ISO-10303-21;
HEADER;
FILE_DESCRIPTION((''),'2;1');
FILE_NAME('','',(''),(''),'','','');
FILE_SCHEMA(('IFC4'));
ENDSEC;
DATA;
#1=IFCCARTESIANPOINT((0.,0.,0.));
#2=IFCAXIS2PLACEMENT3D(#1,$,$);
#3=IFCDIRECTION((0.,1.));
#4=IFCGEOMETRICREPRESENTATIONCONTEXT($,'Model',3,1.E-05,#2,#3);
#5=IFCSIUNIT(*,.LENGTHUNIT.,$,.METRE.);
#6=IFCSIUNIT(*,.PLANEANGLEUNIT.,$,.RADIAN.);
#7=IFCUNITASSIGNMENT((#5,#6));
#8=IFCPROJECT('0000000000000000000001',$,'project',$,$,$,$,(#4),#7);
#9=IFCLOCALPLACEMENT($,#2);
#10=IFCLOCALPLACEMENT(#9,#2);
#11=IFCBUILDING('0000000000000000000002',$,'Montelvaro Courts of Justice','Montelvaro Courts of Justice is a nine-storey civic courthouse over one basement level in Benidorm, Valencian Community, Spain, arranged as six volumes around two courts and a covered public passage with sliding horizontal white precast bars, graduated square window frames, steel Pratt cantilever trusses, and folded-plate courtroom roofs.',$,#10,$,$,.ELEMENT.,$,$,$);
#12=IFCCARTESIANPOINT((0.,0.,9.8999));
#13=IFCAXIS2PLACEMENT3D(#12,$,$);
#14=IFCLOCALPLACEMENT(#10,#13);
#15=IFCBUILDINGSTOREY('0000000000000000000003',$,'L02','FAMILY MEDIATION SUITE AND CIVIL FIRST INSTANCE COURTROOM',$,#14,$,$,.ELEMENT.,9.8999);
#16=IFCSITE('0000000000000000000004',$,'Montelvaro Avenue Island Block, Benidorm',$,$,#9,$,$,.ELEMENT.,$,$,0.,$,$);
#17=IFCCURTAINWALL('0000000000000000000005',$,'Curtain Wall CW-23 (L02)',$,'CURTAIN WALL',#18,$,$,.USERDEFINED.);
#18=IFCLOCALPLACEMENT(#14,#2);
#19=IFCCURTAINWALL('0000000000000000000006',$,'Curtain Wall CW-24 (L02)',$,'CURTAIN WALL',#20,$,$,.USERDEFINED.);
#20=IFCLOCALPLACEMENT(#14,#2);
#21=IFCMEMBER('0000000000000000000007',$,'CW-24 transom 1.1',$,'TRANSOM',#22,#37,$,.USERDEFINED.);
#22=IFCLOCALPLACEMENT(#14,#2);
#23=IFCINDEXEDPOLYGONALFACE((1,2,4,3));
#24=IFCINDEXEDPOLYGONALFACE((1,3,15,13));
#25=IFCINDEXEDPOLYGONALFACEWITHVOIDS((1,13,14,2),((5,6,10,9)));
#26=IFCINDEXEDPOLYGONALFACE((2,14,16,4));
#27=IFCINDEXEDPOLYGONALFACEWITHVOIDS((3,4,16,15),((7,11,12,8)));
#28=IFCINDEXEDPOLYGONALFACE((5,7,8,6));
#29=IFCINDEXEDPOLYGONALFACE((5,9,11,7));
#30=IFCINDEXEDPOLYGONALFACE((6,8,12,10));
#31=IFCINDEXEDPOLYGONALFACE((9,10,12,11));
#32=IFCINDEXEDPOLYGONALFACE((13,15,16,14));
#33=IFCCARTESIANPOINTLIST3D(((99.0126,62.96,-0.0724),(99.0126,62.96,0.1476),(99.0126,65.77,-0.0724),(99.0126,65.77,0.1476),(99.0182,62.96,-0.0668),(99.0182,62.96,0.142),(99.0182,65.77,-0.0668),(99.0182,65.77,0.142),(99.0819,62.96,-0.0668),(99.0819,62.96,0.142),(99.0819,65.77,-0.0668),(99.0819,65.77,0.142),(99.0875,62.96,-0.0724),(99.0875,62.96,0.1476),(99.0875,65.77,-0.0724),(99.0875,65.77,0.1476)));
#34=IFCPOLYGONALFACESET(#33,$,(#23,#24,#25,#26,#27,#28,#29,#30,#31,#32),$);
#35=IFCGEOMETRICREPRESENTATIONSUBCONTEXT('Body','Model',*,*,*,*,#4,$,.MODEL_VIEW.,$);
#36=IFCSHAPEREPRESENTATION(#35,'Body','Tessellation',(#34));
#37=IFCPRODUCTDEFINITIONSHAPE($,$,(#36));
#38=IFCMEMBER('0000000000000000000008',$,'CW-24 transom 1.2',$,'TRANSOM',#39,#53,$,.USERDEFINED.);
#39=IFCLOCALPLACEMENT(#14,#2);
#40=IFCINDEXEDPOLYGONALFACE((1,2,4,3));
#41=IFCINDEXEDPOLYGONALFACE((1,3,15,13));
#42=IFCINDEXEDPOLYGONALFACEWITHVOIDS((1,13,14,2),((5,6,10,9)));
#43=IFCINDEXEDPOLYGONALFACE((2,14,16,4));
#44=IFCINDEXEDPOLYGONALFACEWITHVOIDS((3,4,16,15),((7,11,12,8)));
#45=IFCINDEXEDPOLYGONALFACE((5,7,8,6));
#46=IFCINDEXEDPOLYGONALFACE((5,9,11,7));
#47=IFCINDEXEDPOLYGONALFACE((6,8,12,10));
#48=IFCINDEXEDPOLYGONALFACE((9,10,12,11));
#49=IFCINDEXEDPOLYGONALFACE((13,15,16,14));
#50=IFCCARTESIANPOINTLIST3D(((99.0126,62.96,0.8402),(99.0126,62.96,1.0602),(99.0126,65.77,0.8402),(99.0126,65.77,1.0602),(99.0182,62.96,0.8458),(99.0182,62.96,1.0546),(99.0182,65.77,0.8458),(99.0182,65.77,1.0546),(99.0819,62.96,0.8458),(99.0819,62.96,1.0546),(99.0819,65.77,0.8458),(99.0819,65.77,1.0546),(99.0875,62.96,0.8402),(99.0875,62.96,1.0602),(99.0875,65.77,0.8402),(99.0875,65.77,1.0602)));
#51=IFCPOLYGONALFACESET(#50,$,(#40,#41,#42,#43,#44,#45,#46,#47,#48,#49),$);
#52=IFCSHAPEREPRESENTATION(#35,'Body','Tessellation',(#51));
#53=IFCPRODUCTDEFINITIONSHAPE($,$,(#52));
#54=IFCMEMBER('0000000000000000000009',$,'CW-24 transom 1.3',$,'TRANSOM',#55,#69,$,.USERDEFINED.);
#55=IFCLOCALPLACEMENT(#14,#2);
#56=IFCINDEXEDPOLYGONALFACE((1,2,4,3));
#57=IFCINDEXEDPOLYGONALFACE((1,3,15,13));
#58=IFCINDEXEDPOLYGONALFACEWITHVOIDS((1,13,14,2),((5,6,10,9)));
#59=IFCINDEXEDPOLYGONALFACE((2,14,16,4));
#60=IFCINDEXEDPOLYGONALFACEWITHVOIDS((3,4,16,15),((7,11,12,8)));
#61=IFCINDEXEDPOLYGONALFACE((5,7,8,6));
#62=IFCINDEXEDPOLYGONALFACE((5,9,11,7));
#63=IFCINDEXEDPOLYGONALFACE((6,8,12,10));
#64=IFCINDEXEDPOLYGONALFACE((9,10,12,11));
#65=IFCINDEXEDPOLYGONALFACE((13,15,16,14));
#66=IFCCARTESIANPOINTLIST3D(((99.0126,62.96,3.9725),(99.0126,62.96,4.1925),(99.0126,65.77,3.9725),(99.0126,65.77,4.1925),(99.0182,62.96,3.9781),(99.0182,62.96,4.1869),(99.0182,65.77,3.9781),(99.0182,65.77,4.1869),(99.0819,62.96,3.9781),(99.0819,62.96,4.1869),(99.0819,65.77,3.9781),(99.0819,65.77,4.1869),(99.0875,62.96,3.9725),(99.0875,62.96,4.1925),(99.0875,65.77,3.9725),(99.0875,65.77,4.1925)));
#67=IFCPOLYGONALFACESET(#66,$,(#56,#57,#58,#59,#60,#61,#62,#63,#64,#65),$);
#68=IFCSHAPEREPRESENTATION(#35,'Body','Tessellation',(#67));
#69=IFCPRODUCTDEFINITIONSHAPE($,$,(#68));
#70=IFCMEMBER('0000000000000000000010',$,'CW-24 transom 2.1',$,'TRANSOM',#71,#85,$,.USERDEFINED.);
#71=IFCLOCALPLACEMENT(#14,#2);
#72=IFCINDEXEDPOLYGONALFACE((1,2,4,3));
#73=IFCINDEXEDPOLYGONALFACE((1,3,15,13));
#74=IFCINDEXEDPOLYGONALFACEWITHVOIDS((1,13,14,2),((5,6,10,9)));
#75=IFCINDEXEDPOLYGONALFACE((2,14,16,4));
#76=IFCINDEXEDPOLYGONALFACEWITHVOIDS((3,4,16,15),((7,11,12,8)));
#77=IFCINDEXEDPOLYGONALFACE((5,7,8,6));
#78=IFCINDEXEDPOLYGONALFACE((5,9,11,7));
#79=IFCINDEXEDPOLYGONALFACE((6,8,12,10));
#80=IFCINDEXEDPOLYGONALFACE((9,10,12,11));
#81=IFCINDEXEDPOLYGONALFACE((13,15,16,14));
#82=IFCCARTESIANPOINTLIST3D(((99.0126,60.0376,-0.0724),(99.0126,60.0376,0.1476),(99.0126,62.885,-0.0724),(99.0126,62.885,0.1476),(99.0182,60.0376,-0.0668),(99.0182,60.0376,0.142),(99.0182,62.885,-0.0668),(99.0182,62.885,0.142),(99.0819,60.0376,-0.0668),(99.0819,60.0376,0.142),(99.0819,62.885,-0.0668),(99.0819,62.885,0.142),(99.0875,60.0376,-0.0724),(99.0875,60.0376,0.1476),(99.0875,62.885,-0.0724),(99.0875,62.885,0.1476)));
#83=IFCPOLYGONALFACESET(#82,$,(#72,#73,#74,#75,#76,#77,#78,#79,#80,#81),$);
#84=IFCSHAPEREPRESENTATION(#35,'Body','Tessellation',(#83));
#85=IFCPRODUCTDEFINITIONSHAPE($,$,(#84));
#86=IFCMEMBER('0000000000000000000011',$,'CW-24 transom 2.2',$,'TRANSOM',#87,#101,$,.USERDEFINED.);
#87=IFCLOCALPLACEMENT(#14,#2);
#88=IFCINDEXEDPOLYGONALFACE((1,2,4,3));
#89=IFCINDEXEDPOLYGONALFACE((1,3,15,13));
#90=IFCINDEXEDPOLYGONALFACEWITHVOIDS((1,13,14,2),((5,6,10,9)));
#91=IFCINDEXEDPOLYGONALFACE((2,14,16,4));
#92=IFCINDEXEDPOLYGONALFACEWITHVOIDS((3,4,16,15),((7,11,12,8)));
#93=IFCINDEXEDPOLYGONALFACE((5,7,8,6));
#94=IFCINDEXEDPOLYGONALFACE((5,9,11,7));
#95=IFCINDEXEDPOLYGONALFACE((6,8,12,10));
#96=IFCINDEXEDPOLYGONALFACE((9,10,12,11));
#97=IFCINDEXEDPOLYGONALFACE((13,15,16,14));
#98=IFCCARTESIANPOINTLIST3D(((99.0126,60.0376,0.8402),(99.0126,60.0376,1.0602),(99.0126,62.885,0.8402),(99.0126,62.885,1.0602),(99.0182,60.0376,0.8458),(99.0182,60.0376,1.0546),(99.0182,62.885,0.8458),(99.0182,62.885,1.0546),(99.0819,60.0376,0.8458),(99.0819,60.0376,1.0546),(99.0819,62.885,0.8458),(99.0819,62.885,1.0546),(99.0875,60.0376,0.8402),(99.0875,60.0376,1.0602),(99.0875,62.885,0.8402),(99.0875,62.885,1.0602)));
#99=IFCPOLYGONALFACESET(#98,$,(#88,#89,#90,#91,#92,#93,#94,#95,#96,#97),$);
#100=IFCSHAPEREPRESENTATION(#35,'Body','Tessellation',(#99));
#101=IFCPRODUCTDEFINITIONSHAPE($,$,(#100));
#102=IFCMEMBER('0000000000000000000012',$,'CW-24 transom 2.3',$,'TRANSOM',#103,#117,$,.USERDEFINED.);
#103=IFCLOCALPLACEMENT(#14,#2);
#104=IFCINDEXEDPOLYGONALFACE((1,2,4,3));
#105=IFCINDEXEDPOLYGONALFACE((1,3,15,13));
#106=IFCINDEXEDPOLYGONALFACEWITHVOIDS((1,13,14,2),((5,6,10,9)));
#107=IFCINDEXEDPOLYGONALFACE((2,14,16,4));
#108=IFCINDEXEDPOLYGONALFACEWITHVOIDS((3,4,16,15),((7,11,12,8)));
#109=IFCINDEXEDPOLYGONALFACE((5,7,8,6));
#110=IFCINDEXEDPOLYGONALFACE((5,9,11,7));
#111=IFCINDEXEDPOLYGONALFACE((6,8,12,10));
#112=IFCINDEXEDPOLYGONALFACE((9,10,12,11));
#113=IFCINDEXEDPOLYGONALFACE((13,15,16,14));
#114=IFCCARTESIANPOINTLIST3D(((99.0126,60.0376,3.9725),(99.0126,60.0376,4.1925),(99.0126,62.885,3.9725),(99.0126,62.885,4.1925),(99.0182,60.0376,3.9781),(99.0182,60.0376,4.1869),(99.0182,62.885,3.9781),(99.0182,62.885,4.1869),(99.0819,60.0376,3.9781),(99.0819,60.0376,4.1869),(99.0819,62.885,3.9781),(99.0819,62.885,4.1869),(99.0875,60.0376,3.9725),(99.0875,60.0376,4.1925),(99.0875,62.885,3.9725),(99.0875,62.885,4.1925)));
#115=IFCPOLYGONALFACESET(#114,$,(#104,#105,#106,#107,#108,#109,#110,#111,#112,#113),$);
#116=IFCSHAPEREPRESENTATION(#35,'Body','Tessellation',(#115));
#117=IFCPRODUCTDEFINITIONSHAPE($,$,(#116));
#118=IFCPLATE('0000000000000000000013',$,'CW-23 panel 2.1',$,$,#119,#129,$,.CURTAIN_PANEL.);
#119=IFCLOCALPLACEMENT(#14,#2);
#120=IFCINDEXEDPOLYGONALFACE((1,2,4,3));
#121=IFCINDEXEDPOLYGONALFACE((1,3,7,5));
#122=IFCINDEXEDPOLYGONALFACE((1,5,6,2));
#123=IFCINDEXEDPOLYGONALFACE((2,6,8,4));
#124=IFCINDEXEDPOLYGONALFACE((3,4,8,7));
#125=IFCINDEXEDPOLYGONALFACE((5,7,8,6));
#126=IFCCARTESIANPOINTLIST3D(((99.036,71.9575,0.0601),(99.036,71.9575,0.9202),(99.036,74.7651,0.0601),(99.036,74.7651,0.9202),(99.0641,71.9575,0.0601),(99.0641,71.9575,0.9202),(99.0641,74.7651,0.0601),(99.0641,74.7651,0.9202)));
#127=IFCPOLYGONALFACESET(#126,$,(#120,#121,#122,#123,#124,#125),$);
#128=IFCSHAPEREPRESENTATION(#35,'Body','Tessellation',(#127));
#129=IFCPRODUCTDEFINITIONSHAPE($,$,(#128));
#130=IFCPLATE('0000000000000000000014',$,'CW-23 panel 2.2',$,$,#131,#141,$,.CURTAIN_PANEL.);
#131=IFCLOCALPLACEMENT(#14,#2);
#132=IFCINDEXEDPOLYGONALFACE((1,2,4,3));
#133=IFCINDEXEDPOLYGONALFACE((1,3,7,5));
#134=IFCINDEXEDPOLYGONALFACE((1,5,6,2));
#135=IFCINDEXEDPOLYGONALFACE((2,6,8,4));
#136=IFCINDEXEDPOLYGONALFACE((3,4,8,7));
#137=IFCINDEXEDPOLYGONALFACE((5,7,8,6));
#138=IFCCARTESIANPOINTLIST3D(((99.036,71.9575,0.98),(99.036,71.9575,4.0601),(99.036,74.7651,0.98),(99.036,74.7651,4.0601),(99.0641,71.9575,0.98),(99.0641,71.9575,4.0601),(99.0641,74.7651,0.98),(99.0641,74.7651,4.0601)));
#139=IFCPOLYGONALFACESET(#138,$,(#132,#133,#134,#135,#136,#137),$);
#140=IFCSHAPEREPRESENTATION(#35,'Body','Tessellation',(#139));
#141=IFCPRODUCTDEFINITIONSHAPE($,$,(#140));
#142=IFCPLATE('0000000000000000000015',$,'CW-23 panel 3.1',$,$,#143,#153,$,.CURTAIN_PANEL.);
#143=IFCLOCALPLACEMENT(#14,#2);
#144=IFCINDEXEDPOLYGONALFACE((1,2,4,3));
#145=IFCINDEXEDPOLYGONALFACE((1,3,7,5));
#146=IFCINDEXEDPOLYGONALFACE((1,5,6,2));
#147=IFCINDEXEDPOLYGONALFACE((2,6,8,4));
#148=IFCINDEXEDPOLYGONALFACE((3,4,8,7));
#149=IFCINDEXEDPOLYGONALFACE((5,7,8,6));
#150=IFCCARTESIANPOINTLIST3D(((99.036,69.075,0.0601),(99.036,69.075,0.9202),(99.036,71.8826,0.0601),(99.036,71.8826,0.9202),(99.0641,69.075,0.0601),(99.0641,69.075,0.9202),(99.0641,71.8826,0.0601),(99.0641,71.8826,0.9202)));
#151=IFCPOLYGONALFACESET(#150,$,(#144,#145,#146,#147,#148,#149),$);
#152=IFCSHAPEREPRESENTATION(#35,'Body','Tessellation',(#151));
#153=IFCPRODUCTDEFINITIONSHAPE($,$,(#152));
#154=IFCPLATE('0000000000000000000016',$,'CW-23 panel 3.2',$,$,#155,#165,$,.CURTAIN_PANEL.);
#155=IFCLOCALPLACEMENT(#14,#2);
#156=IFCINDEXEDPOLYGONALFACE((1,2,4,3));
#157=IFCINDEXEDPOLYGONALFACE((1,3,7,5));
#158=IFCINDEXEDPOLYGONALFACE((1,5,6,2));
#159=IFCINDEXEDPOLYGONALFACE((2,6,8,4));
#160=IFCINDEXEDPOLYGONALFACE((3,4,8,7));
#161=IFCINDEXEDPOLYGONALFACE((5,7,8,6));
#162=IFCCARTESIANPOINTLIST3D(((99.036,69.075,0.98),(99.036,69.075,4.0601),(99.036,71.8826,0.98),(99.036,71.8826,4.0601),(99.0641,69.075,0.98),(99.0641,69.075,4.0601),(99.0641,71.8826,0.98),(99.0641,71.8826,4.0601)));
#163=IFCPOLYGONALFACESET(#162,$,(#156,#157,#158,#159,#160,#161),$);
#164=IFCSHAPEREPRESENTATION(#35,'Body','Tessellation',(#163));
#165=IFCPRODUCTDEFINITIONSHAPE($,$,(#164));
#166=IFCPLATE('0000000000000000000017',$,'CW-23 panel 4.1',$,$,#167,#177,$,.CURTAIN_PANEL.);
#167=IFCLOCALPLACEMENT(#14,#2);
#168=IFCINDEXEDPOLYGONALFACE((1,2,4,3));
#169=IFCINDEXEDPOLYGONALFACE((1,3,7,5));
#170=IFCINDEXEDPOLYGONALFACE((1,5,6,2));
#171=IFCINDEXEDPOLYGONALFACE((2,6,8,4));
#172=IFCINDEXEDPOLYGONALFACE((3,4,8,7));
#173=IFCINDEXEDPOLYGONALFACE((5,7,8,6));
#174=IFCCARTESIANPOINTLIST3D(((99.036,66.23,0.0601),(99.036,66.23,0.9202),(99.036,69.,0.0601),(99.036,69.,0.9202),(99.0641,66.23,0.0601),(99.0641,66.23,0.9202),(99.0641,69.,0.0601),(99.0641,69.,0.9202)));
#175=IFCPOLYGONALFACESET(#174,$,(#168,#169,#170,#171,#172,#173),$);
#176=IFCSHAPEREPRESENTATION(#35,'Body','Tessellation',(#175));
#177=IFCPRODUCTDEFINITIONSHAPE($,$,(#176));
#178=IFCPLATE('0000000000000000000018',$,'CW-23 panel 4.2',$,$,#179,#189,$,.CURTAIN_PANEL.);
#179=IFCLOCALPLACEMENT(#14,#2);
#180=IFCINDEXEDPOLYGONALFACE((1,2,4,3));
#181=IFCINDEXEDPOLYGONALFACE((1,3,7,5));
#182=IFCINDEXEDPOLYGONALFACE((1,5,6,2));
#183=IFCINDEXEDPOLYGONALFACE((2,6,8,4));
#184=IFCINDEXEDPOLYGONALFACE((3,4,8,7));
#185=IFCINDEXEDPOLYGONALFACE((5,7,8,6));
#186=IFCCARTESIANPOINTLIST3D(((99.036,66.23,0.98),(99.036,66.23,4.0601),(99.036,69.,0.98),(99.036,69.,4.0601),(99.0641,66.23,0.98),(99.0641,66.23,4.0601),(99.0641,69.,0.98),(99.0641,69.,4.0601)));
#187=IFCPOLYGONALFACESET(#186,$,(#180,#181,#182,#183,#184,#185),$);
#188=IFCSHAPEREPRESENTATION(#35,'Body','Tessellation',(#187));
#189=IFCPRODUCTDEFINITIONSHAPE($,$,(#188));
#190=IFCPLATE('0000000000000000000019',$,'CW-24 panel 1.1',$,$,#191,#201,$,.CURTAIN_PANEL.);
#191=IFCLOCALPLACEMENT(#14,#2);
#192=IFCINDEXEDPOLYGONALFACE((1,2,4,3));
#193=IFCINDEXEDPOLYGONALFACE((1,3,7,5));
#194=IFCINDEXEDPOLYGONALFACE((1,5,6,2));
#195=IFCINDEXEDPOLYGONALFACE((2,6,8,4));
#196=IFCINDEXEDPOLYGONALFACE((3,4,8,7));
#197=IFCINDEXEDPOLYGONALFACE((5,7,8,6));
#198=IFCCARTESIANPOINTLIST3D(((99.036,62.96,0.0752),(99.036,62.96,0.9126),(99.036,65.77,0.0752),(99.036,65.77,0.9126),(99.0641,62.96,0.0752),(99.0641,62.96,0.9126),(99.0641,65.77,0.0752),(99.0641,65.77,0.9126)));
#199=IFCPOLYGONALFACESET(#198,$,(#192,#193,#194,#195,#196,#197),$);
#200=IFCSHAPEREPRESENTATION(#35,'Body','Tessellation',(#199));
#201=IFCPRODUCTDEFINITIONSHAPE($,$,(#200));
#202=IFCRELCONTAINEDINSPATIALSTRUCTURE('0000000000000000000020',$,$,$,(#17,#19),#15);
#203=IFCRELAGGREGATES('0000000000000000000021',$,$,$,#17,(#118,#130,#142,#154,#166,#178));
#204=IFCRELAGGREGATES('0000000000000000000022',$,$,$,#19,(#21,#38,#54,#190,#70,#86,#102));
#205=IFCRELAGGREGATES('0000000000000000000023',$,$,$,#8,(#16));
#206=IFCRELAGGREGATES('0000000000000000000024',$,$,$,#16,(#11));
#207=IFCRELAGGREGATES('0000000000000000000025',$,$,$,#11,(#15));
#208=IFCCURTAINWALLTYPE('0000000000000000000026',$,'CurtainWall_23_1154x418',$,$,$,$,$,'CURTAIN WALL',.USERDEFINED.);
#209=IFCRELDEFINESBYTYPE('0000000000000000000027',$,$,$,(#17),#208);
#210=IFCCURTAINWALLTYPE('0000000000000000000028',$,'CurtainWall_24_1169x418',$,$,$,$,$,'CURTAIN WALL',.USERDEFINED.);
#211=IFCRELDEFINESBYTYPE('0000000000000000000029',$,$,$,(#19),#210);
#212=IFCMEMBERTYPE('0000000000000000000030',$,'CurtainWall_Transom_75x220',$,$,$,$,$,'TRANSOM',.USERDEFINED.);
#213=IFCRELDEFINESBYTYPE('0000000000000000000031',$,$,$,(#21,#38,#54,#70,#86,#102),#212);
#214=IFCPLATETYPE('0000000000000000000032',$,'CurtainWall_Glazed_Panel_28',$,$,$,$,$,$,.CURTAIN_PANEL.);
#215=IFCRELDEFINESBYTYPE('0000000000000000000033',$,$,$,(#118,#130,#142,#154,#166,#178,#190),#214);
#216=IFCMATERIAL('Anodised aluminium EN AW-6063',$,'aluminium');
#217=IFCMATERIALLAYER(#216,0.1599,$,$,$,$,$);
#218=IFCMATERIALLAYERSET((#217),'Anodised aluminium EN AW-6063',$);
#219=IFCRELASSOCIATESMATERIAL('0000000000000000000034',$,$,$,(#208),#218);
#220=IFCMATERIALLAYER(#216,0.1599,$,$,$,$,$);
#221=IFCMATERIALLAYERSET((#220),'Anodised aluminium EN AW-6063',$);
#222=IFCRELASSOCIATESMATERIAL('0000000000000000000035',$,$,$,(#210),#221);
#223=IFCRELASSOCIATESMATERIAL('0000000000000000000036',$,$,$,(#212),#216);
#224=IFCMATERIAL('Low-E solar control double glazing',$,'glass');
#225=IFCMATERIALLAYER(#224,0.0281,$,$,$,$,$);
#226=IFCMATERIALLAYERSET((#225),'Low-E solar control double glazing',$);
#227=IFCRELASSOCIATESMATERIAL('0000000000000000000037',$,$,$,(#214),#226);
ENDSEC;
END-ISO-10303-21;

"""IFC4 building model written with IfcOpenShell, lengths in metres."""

from ifc_helpers import new_model, si_unit, direction, frame, origin, origin_2d, place, context, subcontext, project, spatial, rectangle, hollow_rectangle, extrude, material, layer, layer_set, material_profile, profile_set, type_object, element, aggregate, save


model = new_model("IFC4")

# Units and contexts
model_context = context("Model", 3, precision=1e-05, world=origin(), true_north=direction((0.0, 1.0)))
body_context = subcontext(model_context, "Body", "Model", "MODEL_VIEW")
ifc_project = project(units=[si_unit("LENGTHUNIT", "METRE"), si_unit("PLANEANGLEUNIT", "RADIAN")], contexts=[model_context])

# Site, building, storey
site_placement = place(None, origin())
site = spatial("IfcSite", under=ifc_project, at=site_placement, Name="Montelvaro Avenue Island Block, Benidorm", CompositionType="ELEMENT", RefElevation=0.0)
building_placement = place(site_placement, origin())
building = spatial("IfcBuilding", under=site, at=building_placement, Name="Montelvaro Courts of Justice", Description="Montelvaro Courts of Justice is a nine-storey civic courthouse over one basement level in Benidorm, Valencian Community, Spain, arranged as six volumes around two courts and a covered public passage with sliding horizontal white precast bars, graduated square window frames, steel Pratt cantilever trusses, and folded-plate courtroom roofs.", CompositionType="ELEMENT")
storey_placement = place(building_placement, frame((0.0, 0.0, 9.8999)))
storey = spatial("IfcBuildingStorey", under=building, at=storey_placement, Name="L02", Description="FAMILY MEDIATION SUITE AND CIVIL FIRST INSTANCE COURTROOM", CompositionType="ELEMENT", Elevation=9.8999)

# Curtain walls
ifc_material_1 = material(Name="Anodised aluminium EN AW-6063", Category="aluminium")
ifc_layer_1 = layer(ifc_material_1, 0.1599)
ifc_layer_set_1 = layer_set([ifc_layer_1], Name="Anodised aluminium EN AW-6063")
curtain_wall_type_1 = type_object("IfcCurtainWallType", Name="CurtainWall_23_1154x418", ElementType="CURTAIN WALL", PredefinedType="USERDEFINED", material=ifc_layer_set_1)
curtain_wall_1_placement = place(storey_placement, origin())
curtain_wall_1 = element("IfcCurtainWall", 1, at=curtain_wall_1_placement, inside=storey, type_object=curtain_wall_type_1, Name="Curtain Wall CW-23 (L02)", ObjectType="CURTAIN WALL", PredefinedType="USERDEFINED")
ifc_layer_2 = layer(ifc_material_1, 0.1599)
ifc_layer_set_2 = layer_set([ifc_layer_2], Name="Anodised aluminium EN AW-6063")
curtain_wall_type_2 = type_object("IfcCurtainWallType", Name="CurtainWall_24_1169x418", ElementType="CURTAIN WALL", PredefinedType="USERDEFINED", material=ifc_layer_set_2)
curtain_wall_2_placement = place(storey_placement, origin())
curtain_wall_2 = element("IfcCurtainWall", 2, at=curtain_wall_2_placement, inside=storey, type_object=curtain_wall_type_2, Name="Curtain Wall CW-24 (L02)", ObjectType="CURTAIN WALL", PredefinedType="USERDEFINED")

# Members
ifc_material_profile_1 = material_profile(ifc_material_1, hollow_rectangle(XDim=0.075, YDim=0.22, WallThickness=0.0056, at=origin_2d()), Name="ALU-T 75x220")
ifc_profile_set_1 = profile_set([ifc_material_profile_1], Name="Anodised aluminium EN AW-6063")
member_type_1 = type_object("IfcMemberType", Name="CurtainWall_Transom_75x220", ElementType="TRANSOM", PredefinedType="USERDEFINED", material=ifc_profile_set_1)
member_1_placement = place(storey_placement, frame((99.05, 65.77, 0.0376), z_axis=(0.0, -1.0, 0.0), x_axis=(1.0, 0.0, 0.0)))
member_1 = element("IfcMember", 3, at=member_1_placement, type_object=member_type_1, Name="CW-24 transom 1.1", ObjectType="TRANSOM", PredefinedType="USERDEFINED", context=body_context, shape_type="SweptSolid", body=[
    extrude(hollow_rectangle(XDim=0.075, YDim=0.22, WallThickness=0.0056, at=origin_2d()), origin(), (0.0, 0.0, 1.0), 2.8101),
])
member_2_placement = place(storey_placement, frame((99.05, 65.77, 0.9502), z_axis=(0.0, -1.0, 0.0), x_axis=(1.0, 0.0, 0.0)))
member_2 = element("IfcMember", 4, at=member_2_placement, type_object=member_type_1, Name="CW-24 transom 1.2", ObjectType="TRANSOM", PredefinedType="USERDEFINED", context=body_context, shape_type="SweptSolid", body=[
    extrude(hollow_rectangle(XDim=0.075, YDim=0.22, WallThickness=0.0056, at=origin_2d()), origin(), (0.0, 0.0, 1.0), 2.8101),
])
member_3_placement = place(storey_placement, frame((99.05, 65.77, 4.0825), z_axis=(0.0, -1.0, 0.0), x_axis=(1.0, 0.0, 0.0)))
member_3 = element("IfcMember", 5, at=member_3_placement, type_object=member_type_1, Name="CW-24 transom 1.3", ObjectType="TRANSOM", PredefinedType="USERDEFINED", context=body_context, shape_type="SweptSolid", body=[
    extrude(hollow_rectangle(XDim=0.075, YDim=0.22, WallThickness=0.0056, at=origin_2d()), origin(), (0.0, 0.0, 1.0), 2.8101),
])
member_4_placement = place(storey_placement, frame((99.05, 62.885, 0.0376), z_axis=(0.0, -1.0, 0.0), x_axis=(1.0, 0.0, 0.0)))
member_4 = element("IfcMember", 6, at=member_4_placement, type_object=member_type_1, Name="CW-24 transom 2.1", ObjectType="TRANSOM", PredefinedType="USERDEFINED", context=body_context, shape_type="SweptSolid", body=[
    extrude(hollow_rectangle(XDim=0.075, YDim=0.22, WallThickness=0.0056, at=origin_2d()), origin(), (0.0, 0.0, 1.0), 2.8474),
])
member_5_placement = place(storey_placement, frame((99.05, 62.885, 0.9502), z_axis=(0.0, -1.0, 0.0), x_axis=(1.0, 0.0, 0.0)))
member_5 = element("IfcMember", 7, at=member_5_placement, type_object=member_type_1, Name="CW-24 transom 2.2", ObjectType="TRANSOM", PredefinedType="USERDEFINED", context=body_context, shape_type="SweptSolid", body=[
    extrude(hollow_rectangle(XDim=0.075, YDim=0.22, WallThickness=0.0056, at=origin_2d()), origin(), (0.0, 0.0, 1.0), 2.8474),
])
member_6_placement = place(storey_placement, frame((99.05, 62.885, 4.0825), z_axis=(0.0, -1.0, 0.0), x_axis=(1.0, 0.0, 0.0)))
member_6 = element("IfcMember", 8, at=member_6_placement, type_object=member_type_1, Name="CW-24 transom 2.3", ObjectType="TRANSOM", PredefinedType="USERDEFINED", context=body_context, shape_type="SweptSolid", body=[
    extrude(hollow_rectangle(XDim=0.075, YDim=0.22, WallThickness=0.0056, at=origin_2d()), origin(), (0.0, 0.0, 1.0), 2.8474),
])

# Plates
ifc_material_2 = material(Name="Low-E solar control double glazing", Category="glass")
ifc_layer_3 = layer(ifc_material_2, 0.0281)
ifc_layer_set_3 = layer_set([ifc_layer_3], Name="Low-E solar control double glazing")
plate_type = type_object("IfcPlateType", Name="CurtainWall_Glazed_Panel_28", PredefinedType="CURTAIN_PANEL", material=ifc_layer_set_3)
plate_1_placement = place(storey_placement, frame((99.05, 73.3613, 0.0601), z_axis=(0.0, 0.0, 1.0), x_axis=(0.0, -1.0, 0.0)))
plate_1 = element("IfcPlate", 9, at=plate_1_placement, type_object=plate_type, Name="CW-23 panel 2.1", PredefinedType="CURTAIN_PANEL", context=body_context, shape_type="SweptSolid", body=[
    extrude(rectangle(XDim=2.8076, YDim=0.0281, at=origin_2d()), origin(), (0.0, 0.0, 1.0), 0.8601),
])
plate_2_placement = place(storey_placement, frame((99.05, 73.3613, 0.98), z_axis=(0.0, 0.0, 1.0), x_axis=(0.0, -1.0, 0.0)))
plate_2 = element("IfcPlate", 10, at=plate_2_placement, type_object=plate_type, Name="CW-23 panel 2.2", PredefinedType="CURTAIN_PANEL", context=body_context, shape_type="SweptSolid", body=[
    extrude(rectangle(XDim=2.8076, YDim=0.0281, at=origin_2d()), origin(), (0.0, 0.0, 1.0), 3.0801),
])
plate_3_placement = place(storey_placement, frame((99.05, 70.4788, 0.0601), z_axis=(0.0, 0.0, 1.0), x_axis=(0.0, -1.0, 0.0)))
plate_3 = element("IfcPlate", 11, at=plate_3_placement, type_object=plate_type, Name="CW-23 panel 3.1", PredefinedType="CURTAIN_PANEL", context=body_context, shape_type="SweptSolid", body=[
    extrude(rectangle(XDim=2.8076, YDim=0.0281, at=origin_2d()), origin(), (0.0, 0.0, 1.0), 0.8601),
])
plate_4_placement = place(storey_placement, frame((99.05, 70.4788, 0.98), z_axis=(0.0, 0.0, 1.0), x_axis=(0.0, -1.0, 0.0)))
plate_4 = element("IfcPlate", 12, at=plate_4_placement, type_object=plate_type, Name="CW-23 panel 3.2", PredefinedType="CURTAIN_PANEL", context=body_context, shape_type="SweptSolid", body=[
    extrude(rectangle(XDim=2.8076, YDim=0.0281, at=origin_2d()), origin(), (0.0, 0.0, 1.0), 3.0801),
])
plate_5_placement = place(storey_placement, frame((99.05, 67.615, 0.0601), z_axis=(0.0, 0.0, 1.0), x_axis=(0.0, -1.0, 0.0)))
plate_5 = element("IfcPlate", 13, at=plate_5_placement, type_object=plate_type, Name="CW-23 panel 4.1", PredefinedType="CURTAIN_PANEL", context=body_context, shape_type="SweptSolid", body=[
    extrude(rectangle(XDim=2.77, YDim=0.0281, at=origin_2d()), origin(), (0.0, 0.0, 1.0), 0.8601),
])
plate_6_placement = place(storey_placement, frame((99.05, 67.615, 0.98), z_axis=(0.0, 0.0, 1.0), x_axis=(0.0, -1.0, 0.0)))
plate_6 = element("IfcPlate", 14, at=plate_6_placement, type_object=plate_type, Name="CW-23 panel 4.2", PredefinedType="CURTAIN_PANEL", context=body_context, shape_type="SweptSolid", body=[
    extrude(rectangle(XDim=2.77, YDim=0.0281, at=origin_2d()), origin(), (0.0, 0.0, 1.0), 3.0801),
])
aggregate(curtain_wall_1, [plate_1, plate_2, plate_3, plate_4, plate_5, plate_6])
plate_7_placement = place(storey_placement, frame((99.05, 64.365, 0.0752), z_axis=(0.0, 0.0, 1.0), x_axis=(0.0, -1.0, 0.0)))
plate_7 = element("IfcPlate", 15, at=plate_7_placement, type_object=plate_type, Name="CW-24 panel 1.1", PredefinedType="CURTAIN_PANEL", context=body_context, shape_type="SweptSolid", body=[
    extrude(rectangle(XDim=2.8101, YDim=0.0281, at=origin_2d()), origin(), (0.0, 0.0, 1.0), 0.8374),
])
aggregate(curtain_wall_2, [member_1, member_2, member_3, plate_7, member_4, member_5, member_6])

save(model, "model.ifc")
